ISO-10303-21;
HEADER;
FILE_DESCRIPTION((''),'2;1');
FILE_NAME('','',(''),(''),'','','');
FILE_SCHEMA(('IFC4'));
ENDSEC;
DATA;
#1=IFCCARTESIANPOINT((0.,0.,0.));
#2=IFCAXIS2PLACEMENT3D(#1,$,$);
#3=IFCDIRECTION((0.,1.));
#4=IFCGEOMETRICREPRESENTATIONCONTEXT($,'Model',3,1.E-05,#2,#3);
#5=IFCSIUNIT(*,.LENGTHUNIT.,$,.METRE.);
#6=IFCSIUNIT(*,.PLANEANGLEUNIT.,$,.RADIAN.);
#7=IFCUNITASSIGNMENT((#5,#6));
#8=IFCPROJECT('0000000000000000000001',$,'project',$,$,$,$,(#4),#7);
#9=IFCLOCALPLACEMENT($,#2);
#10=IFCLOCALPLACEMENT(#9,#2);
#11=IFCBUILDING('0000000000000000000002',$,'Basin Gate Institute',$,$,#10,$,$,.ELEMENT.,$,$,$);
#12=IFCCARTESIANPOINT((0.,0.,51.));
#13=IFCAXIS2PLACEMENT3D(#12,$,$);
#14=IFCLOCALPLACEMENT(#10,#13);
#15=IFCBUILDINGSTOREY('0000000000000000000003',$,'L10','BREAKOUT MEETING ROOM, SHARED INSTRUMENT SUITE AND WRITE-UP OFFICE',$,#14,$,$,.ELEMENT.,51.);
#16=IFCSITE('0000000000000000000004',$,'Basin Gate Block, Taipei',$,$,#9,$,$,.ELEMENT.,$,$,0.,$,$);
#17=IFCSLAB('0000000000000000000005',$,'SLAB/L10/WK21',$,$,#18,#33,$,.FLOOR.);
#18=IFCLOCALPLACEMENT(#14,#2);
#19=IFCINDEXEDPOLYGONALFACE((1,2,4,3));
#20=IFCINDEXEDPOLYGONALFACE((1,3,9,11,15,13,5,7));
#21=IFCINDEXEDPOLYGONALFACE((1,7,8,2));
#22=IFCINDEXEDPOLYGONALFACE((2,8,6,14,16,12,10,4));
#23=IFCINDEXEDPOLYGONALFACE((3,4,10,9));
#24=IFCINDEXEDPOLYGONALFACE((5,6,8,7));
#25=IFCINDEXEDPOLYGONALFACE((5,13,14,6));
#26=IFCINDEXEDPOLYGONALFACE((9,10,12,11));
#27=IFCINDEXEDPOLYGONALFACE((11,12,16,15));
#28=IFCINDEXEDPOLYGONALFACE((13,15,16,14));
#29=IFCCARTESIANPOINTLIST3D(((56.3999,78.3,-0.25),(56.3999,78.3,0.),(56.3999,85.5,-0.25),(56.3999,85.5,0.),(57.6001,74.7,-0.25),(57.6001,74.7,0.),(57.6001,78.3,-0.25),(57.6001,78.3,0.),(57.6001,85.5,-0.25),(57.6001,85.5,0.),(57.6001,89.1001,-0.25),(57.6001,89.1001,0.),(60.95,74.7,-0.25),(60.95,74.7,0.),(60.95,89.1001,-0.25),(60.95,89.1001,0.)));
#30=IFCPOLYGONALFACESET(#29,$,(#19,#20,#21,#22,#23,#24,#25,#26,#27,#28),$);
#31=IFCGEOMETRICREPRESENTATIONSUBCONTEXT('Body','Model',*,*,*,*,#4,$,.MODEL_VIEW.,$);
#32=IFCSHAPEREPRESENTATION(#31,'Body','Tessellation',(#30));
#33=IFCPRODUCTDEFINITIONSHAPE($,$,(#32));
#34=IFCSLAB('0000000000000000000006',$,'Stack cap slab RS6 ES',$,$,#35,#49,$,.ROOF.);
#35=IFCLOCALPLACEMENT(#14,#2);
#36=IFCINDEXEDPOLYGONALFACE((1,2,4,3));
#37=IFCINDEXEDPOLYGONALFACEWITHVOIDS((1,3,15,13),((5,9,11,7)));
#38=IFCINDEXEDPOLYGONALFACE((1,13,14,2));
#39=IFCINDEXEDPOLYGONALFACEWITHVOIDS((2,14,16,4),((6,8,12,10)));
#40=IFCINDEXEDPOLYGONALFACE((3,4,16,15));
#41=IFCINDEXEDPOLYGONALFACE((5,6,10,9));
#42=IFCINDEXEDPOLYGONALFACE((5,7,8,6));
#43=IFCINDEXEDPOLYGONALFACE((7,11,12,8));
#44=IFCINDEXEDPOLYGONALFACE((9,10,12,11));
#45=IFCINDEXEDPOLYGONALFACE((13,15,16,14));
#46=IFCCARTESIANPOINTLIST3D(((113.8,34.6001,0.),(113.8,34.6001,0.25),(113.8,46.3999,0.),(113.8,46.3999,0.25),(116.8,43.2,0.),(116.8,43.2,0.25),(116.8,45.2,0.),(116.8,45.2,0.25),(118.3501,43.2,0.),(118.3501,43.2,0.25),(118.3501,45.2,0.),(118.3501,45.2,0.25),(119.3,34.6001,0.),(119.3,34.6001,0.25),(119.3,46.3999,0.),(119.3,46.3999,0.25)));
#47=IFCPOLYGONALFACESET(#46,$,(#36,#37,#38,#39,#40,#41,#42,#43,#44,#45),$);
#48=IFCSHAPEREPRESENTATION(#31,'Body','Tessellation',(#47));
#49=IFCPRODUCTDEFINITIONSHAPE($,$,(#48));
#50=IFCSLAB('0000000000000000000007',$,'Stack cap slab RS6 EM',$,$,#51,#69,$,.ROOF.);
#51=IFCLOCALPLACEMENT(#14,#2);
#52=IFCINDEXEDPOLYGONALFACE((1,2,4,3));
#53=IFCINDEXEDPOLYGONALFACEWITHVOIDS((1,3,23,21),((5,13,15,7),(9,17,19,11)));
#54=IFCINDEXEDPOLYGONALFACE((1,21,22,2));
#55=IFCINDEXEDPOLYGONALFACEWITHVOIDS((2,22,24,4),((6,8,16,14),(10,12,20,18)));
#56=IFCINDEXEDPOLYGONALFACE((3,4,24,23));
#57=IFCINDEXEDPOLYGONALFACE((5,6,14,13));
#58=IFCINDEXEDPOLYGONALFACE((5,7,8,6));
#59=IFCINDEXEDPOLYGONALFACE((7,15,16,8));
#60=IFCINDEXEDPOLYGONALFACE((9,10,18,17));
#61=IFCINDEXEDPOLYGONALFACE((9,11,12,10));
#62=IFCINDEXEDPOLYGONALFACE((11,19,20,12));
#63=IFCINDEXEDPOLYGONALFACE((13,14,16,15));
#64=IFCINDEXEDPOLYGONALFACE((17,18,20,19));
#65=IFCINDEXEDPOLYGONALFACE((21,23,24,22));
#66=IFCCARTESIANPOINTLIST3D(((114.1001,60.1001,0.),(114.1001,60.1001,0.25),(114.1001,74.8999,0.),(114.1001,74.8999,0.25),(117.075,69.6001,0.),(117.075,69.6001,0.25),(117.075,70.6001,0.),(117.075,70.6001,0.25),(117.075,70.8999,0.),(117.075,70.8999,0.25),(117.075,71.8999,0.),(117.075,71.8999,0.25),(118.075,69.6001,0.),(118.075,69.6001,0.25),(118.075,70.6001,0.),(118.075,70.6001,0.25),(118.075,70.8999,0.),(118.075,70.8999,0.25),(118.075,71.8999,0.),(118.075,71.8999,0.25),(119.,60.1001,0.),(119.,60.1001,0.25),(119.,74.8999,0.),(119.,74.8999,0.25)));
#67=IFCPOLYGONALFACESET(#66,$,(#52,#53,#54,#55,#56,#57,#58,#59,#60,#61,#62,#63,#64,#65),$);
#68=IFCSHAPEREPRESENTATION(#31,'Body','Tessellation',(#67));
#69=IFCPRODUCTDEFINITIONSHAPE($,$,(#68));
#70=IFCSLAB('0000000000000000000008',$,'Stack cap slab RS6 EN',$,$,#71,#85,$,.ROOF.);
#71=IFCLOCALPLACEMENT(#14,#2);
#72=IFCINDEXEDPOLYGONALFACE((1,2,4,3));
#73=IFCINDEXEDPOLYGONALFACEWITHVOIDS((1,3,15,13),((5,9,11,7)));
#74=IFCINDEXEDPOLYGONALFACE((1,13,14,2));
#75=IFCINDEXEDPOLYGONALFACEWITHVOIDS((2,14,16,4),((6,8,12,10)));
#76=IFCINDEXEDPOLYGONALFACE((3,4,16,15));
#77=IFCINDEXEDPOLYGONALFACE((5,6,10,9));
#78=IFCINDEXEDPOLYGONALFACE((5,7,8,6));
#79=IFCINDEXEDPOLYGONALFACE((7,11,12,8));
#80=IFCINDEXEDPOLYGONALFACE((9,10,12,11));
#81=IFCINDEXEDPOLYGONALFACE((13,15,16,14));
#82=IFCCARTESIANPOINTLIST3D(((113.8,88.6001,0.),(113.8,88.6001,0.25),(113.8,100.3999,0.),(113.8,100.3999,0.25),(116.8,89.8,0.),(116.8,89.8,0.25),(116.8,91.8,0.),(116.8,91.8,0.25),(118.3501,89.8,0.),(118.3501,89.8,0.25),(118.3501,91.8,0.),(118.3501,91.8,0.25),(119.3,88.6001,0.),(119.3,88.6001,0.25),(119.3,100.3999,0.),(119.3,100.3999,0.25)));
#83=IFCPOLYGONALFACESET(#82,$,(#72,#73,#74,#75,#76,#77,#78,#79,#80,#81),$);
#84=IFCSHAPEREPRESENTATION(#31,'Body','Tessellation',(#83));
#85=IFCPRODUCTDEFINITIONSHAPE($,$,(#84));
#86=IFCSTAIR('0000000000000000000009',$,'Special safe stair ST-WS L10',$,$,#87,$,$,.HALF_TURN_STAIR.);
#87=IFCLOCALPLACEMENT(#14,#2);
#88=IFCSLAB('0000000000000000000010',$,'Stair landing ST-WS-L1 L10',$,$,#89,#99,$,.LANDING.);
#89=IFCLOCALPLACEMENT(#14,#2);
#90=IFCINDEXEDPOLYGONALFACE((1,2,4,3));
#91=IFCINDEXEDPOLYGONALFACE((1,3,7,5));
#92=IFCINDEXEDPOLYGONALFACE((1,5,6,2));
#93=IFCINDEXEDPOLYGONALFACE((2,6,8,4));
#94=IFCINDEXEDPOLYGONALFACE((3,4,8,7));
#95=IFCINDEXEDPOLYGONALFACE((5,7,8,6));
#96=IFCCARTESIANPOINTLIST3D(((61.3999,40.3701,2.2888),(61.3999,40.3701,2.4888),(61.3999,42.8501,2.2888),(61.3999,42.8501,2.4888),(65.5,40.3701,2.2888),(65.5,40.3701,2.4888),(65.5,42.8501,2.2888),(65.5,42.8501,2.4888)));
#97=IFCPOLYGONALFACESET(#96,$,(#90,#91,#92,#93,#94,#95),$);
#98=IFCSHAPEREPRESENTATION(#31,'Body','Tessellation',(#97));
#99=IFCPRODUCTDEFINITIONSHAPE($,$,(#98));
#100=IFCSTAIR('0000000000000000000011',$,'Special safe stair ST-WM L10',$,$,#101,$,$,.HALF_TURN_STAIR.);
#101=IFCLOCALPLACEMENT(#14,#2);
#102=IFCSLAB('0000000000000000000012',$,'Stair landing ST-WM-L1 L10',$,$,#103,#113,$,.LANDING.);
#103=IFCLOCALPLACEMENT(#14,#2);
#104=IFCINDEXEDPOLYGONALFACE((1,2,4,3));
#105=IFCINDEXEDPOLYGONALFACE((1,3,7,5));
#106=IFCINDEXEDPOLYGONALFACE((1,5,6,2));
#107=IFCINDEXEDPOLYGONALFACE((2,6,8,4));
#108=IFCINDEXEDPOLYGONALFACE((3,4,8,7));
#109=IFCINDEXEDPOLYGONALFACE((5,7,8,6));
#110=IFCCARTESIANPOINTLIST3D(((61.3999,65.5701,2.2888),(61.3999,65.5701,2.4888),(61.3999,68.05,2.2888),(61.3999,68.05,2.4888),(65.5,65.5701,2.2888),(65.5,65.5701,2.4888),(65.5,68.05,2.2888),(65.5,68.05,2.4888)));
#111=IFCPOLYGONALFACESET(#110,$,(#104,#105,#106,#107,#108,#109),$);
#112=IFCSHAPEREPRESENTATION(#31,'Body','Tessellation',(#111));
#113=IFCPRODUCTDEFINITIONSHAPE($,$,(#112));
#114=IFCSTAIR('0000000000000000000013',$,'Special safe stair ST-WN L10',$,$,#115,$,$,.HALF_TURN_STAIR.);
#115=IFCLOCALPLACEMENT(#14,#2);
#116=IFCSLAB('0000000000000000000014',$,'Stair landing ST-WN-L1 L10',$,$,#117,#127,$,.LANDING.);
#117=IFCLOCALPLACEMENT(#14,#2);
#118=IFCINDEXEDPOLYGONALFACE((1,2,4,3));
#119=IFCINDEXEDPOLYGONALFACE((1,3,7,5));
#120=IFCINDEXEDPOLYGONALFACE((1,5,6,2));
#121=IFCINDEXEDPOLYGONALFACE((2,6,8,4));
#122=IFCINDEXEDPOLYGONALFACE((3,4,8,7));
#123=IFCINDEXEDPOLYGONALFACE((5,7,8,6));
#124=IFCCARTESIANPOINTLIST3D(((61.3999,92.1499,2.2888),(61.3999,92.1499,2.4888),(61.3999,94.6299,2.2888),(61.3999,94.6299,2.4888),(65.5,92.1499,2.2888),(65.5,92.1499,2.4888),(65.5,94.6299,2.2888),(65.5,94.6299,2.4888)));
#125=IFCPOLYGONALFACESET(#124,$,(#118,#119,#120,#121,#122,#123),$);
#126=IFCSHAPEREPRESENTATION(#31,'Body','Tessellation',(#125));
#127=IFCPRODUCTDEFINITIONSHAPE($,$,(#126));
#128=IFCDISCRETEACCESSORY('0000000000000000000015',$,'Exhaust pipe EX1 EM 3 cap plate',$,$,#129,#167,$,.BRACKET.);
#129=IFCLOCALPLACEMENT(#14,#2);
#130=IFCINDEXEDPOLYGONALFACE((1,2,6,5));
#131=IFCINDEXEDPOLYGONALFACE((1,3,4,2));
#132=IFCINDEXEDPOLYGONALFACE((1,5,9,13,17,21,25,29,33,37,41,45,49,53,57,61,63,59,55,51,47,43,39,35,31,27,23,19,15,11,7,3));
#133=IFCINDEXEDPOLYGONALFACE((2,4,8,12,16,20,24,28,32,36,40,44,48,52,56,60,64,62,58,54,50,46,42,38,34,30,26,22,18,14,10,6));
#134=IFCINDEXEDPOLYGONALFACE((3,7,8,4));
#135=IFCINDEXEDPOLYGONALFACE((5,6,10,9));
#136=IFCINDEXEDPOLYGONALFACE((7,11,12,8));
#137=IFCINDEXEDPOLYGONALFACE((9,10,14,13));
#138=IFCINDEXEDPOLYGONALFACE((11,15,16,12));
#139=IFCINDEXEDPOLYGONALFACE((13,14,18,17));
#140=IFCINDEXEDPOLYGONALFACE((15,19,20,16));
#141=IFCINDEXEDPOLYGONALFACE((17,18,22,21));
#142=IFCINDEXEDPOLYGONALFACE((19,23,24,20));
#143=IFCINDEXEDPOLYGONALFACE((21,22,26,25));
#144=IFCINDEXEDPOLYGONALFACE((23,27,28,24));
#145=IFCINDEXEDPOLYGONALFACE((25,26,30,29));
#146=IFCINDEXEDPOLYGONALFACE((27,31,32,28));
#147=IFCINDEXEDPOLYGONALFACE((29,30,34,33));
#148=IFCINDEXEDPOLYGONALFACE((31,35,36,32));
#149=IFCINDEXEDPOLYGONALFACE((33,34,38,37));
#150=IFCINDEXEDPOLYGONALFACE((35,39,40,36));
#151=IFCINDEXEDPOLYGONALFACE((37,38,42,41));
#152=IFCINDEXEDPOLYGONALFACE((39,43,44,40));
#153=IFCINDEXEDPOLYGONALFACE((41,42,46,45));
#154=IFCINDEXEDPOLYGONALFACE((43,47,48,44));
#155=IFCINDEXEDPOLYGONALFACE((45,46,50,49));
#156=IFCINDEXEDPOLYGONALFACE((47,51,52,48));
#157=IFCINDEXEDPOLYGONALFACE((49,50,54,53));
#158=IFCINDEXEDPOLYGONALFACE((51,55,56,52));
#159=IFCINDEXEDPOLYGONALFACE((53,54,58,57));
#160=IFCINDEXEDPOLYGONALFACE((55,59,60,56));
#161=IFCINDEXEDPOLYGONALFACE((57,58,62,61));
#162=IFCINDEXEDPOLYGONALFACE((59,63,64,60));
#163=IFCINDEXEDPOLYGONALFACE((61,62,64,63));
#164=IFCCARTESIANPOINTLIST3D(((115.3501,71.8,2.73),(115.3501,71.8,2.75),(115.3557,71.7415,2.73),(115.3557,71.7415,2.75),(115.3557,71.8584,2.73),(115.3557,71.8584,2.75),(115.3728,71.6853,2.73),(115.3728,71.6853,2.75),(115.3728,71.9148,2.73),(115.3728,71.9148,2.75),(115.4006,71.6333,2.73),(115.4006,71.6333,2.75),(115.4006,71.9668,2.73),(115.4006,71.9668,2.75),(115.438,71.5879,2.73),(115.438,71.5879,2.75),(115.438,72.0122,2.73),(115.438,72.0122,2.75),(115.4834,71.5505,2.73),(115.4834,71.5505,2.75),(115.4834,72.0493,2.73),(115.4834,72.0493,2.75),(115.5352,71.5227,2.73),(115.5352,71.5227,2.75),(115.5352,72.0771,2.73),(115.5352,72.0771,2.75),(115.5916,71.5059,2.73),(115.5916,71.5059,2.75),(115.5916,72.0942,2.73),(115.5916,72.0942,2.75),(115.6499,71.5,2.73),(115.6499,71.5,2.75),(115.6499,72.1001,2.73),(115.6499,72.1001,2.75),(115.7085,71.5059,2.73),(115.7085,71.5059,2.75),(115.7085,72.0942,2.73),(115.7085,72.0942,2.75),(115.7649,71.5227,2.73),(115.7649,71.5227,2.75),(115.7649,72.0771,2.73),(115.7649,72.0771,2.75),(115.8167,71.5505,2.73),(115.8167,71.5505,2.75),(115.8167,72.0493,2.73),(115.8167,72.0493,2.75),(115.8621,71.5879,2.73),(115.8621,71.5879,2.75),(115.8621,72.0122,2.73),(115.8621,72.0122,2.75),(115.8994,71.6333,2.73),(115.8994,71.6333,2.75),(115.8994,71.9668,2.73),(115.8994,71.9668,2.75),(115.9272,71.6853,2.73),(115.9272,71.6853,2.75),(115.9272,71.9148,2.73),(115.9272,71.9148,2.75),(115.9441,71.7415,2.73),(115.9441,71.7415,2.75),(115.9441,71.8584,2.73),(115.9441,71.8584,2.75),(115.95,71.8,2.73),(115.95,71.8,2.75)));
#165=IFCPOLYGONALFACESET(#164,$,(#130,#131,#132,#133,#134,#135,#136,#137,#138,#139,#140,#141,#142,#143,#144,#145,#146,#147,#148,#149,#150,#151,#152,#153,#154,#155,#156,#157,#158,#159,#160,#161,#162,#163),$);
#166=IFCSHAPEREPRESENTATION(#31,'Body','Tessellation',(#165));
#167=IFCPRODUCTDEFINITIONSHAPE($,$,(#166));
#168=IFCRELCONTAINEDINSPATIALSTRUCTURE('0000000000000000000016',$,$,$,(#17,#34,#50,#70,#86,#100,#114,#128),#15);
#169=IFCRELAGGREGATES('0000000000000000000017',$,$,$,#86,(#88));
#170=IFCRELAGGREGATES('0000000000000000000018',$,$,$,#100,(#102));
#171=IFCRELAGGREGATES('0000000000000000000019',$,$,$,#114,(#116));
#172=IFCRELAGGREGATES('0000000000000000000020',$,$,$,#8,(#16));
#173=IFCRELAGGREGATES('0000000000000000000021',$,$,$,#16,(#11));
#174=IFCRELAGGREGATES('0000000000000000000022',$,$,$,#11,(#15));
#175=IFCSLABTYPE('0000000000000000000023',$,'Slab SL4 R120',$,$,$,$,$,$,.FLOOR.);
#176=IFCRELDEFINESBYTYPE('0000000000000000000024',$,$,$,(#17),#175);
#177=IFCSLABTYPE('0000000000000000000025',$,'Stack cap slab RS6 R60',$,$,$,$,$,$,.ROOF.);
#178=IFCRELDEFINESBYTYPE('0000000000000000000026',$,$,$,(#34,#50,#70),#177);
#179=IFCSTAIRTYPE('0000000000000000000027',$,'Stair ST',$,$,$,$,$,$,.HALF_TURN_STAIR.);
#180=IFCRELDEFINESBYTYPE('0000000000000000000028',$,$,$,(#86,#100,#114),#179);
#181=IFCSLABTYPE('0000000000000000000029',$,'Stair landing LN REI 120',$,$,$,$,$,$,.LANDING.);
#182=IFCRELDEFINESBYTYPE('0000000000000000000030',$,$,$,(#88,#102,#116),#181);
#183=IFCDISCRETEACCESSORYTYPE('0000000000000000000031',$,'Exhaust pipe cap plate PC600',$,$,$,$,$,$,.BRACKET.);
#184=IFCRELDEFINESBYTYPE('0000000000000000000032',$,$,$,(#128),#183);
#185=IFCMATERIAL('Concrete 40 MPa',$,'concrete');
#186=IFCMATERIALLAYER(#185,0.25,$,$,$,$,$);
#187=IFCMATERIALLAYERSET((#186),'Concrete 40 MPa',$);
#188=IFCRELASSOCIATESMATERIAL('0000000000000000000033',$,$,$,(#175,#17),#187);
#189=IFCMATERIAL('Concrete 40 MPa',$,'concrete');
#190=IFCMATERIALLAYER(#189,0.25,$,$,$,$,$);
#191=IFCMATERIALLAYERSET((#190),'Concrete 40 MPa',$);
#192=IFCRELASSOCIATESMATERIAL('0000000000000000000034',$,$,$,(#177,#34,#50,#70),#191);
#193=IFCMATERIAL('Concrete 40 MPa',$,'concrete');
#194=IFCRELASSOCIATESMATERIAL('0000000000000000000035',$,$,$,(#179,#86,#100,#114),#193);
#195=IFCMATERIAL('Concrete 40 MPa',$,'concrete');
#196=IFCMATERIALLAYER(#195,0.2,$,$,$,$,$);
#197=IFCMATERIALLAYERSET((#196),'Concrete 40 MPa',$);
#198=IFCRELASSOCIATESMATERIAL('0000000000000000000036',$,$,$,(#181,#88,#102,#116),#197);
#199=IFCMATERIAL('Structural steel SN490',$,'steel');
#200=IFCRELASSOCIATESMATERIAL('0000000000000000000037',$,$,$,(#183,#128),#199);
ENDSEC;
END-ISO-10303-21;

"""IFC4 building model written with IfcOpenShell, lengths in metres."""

from ifc_helpers import new_model, si_unit, direction, frame, origin, place, context, subcontext, project, spatial, polyline, outline, extrude, material, layer, layer_set, type_object, element, aggregate, save


model = new_model("IFC4")

# Units and contexts
model_context = context("Model", 3, precision=1e-05, world=origin(), true_north=direction((0.0, 1.0)))
body_context = subcontext(model_context, "Body", "Model", "MODEL_VIEW")
ifc_project = project(units=[si_unit("LENGTHUNIT", "METRE"), si_unit("PLANEANGLEUNIT", "RADIAN")], contexts=[model_context])

# Site, building, storey
site_placement = place(None, origin())
site = spatial("IfcSite", under=ifc_project, at=site_placement, Name="Basin Gate Block, Taipei", CompositionType="ELEMENT", RefElevation=0.0)
building_placement = place(site_placement, origin())
building = spatial("IfcBuilding", under=site, at=building_placement, Name="Basin Gate Institute", CompositionType="ELEMENT")
storey_placement = place(building_placement, frame((0.0, 0.0, 51.0)))
storey = spatial("IfcBuildingStorey", under=building, at=storey_placement, Name="L10", Description="BREAKOUT MEETING ROOM, SHARED INSTRUMENT SUITE AND WRITE-UP OFFICE", CompositionType="ELEMENT", Elevation=51.0)

# Slabs
ifc_material_1 = material(Name="Concrete 40 MPa", Category="concrete")
ifc_layer_1 = layer(ifc_material_1, 0.25)
ifc_layer_set_1 = layer_set([ifc_layer_1], Name="Concrete 40 MPa")
slab_type_1 = type_object("IfcSlabType", Name="Slab SL4 R120", PredefinedType="FLOOR", material=ifc_layer_set_1)
slab_1_placement = place(storey_placement, frame((0.0, 0.0, -0.25)))
element("IfcSlab", 1, at=slab_1_placement, inside=storey, type_object=slab_type_1, material=ifc_layer_set_1, Name="SLAB/L10/WK21", PredefinedType="FLOOR", context=body_context, shape_type="SweptSolid", body=[
    extrude(outline(polyline([(57.6001, 74.7), (57.6001, 78.3), (56.3999, 78.3), (56.3999, 85.5), (57.6001, 85.5), (57.6001, 89.1001), (60.95, 89.1001), (60.95, 74.7), (57.6001, 74.7)])), origin(), (0.0, 0.0, 1.0), 0.25),
])
ifc_material_2 = material(Name="Concrete 40 MPa", Category="concrete")
ifc_layer_2 = layer(ifc_material_2, 0.25)
ifc_layer_set_2 = layer_set([ifc_layer_2], Name="Concrete 40 MPa")
slab_type_2 = type_object("IfcSlabType", Name="Stack cap slab RS6 R60", PredefinedType="ROOF", material=ifc_layer_set_2)
slab_2_placement = place(storey_placement, origin())
element("IfcSlab", 2, at=slab_2_placement, inside=storey, type_object=slab_type_2, material=ifc_layer_set_2, Name="Stack cap slab RS6 ES", PredefinedType="ROOF", context=body_context, shape_type="SweptSolid", body=[
    extrude(outline(polyline([(119.3, 34.6001), (113.8, 34.6001), (113.8, 46.3999), (119.3, 46.3999), (119.3, 34.6001)]), holes=[polyline([(116.8, 43.2), (118.3501, 43.2), (118.3501, 45.2), (116.8, 45.2), (116.8, 43.2)])]), origin(), (0.0, 0.0, 1.0), 0.25),
])
slab_3_placement = place(storey_placement, origin())
element("IfcSlab", 3, at=slab_3_placement, inside=storey, type_object=slab_type_2, material=ifc_layer_set_2, Name="Stack cap slab RS6 EM", PredefinedType="ROOF", context=body_context, shape_type="SweptSolid", body=[
    extrude(outline(polyline([(119.0, 60.1001), (114.1001, 60.1001), (114.1001, 74.8999), (119.0, 74.8999), (119.0, 60.1001)]), holes=[polyline([(117.075, 69.6001), (118.075, 69.6001), (118.075, 70.6001), (117.075, 70.6001), (117.075, 69.6001)]), polyline([(117.075, 70.8999), (118.075, 70.8999), (118.075, 71.8999), (117.075, 71.8999), (117.075, 70.8999)])]), origin(), (0.0, 0.0, 1.0), 0.25),
])
slab_4_placement = place(storey_placement, origin())
element("IfcSlab", 4, at=slab_4_placement, inside=storey, type_object=slab_type_2, material=ifc_layer_set_2, Name="Stack cap slab RS6 EN", PredefinedType="ROOF", context=body_context, shape_type="SweptSolid", body=[
    extrude(outline(polyline([(119.3, 88.6001), (113.8, 88.6001), (113.8, 100.3999), (119.3, 100.3999), (119.3, 88.6001)]), holes=[polyline([(116.8, 89.8), (118.3501, 89.8), (118.3501, 91.8), (116.8, 91.8), (116.8, 89.8)])]), origin(), (0.0, 0.0, 1.0), 0.25),
])

# Stairs, slabs
ifc_material_3 = material(Name="Concrete 40 MPa", Category="concrete")
stair_type = type_object("IfcStairType", Name="Stair ST", PredefinedType="HALF_TURN_STAIR", material=ifc_material_3)
stair_1_placement = place(storey_placement, origin())
stair_1 = element("IfcStair", 5, at=stair_1_placement, inside=storey, type_object=stair_type, material=ifc_material_3, Name="Special safe stair ST-WS L10", PredefinedType="HALF_TURN_STAIR")
ifc_material_4 = material(Name="Concrete 40 MPa", Category="concrete")
ifc_layer_3 = layer(ifc_material_4, 0.2)
ifc_layer_set_3 = layer_set([ifc_layer_3], Name="Concrete 40 MPa")
slab_type_3 = type_object("IfcSlabType", Name="Stair landing LN REI 120", PredefinedType="LANDING", material=ifc_layer_set_3)
slab_5_placement = place(storey_placement, frame((0.0, 0.0, 2.2888)))
slab_5 = element("IfcSlab", 6, at=slab_5_placement, type_object=slab_type_3, material=ifc_layer_set_3, Name="Stair landing ST-WS-L1 L10", PredefinedType="LANDING", context=body_context, shape_type="SweptSolid", body=[
    extrude(outline(polyline([(61.3999, 40.3701), (65.5, 40.3701), (65.5, 42.8501), (61.3999, 42.8501), (61.3999, 40.3701)])), origin(), (0.0, 0.0, 1.0), 0.2),
])
aggregate(stair_1, [slab_5])
stair_2_placement = place(storey_placement, origin())
stair_2 = element("IfcStair", 7, at=stair_2_placement, inside=storey, type_object=stair_type, material=ifc_material_3, Name="Special safe stair ST-WM L10", PredefinedType="HALF_TURN_STAIR")
slab_6_placement = place(storey_placement, frame((0.0, 0.0, 2.2888)))
slab_6 = element("IfcSlab", 8, at=slab_6_placement, type_object=slab_type_3, material=ifc_layer_set_3, Name="Stair landing ST-WM-L1 L10", PredefinedType="LANDING", context=body_context, shape_type="SweptSolid", body=[
    extrude(outline(polyline([(61.3999, 65.5701), (65.5, 65.5701), (65.5, 68.05), (61.3999, 68.05), (61.3999, 65.5701)])), origin(), (0.0, 0.0, 1.0), 0.2),
])
aggregate(stair_2, [slab_6])
stair_3_placement = place(storey_placement, origin())
stair_3 = element("IfcStair", 9, at=stair_3_placement, inside=storey, type_object=stair_type, material=ifc_material_3, Name="Special safe stair ST-WN L10", PredefinedType="HALF_TURN_STAIR")
slab_7_placement = place(storey_placement, frame((0.0, 0.0, 2.2888)))
slab_7 = element("IfcSlab", 10, at=slab_7_placement, type_object=slab_type_3, material=ifc_layer_set_3, Name="Stair landing ST-WN-L1 L10", PredefinedType="LANDING", context=body_context, shape_type="SweptSolid", body=[
    extrude(outline(polyline([(61.3999, 92.1499), (65.5, 92.1499), (65.5, 94.6299), (61.3999, 94.6299), (61.3999, 92.1499)])), origin(), (0.0, 0.0, 1.0), 0.2),
])
aggregate(stair_3, [slab_7])

# Discrete accessory
ifc_material_5 = material(Name="Structural steel SN490", Category="steel")
discrete_accessory_type_1 = type_object("IfcDiscreteAccessoryType", Name="Exhaust pipe cap plate PC600", PredefinedType="BRACKET", material=ifc_material_5)
discrete_accessory_1_placement = place(storey_placement, frame((0.0, 0.0, 2.73)))
element("IfcDiscreteAccessory", 11, at=discrete_accessory_1_placement, inside=storey, type_object=discrete_accessory_type_1, material=ifc_material_5, Name="Exhaust pipe EX1 EM 3 cap plate", PredefinedType="BRACKET", context=body_context, shape_type="SweptSolid", body=[
    extrude(outline(polyline([(115.95, 71.8), (115.9441, 71.8584), (115.9272, 71.9148), (115.8994, 71.9668), (115.8621, 72.0122), (115.8167, 72.0493), (115.7649, 72.0771), (115.7085, 72.0942), (115.6499, 72.1001), (115.5916, 72.0942), (115.5352, 72.0771), (115.4834, 72.0493), (115.438, 72.0122), (115.4006, 71.9668), (115.3728, 71.9148), (115.3557, 71.8584), (115.3501, 71.8), (115.3557, 71.7415), (115.3728, 71.6853), (115.4006, 71.6333), (115.438, 71.5879), (115.4834, 71.5505), (115.5352, 71.5227), (115.5916, 71.5059), (115.6499, 71.5), (115.7085, 71.5059), (115.7649, 71.5227), (115.8167, 71.5505), (115.8621, 71.5879), (115.8994, 71.6333), (115.9272, 71.6853), (115.9441, 71.7415), (115.95, 71.8)])), origin(), (0.0, 0.0, 1.0), 0.02),
])

save(model, "model.ifc")
